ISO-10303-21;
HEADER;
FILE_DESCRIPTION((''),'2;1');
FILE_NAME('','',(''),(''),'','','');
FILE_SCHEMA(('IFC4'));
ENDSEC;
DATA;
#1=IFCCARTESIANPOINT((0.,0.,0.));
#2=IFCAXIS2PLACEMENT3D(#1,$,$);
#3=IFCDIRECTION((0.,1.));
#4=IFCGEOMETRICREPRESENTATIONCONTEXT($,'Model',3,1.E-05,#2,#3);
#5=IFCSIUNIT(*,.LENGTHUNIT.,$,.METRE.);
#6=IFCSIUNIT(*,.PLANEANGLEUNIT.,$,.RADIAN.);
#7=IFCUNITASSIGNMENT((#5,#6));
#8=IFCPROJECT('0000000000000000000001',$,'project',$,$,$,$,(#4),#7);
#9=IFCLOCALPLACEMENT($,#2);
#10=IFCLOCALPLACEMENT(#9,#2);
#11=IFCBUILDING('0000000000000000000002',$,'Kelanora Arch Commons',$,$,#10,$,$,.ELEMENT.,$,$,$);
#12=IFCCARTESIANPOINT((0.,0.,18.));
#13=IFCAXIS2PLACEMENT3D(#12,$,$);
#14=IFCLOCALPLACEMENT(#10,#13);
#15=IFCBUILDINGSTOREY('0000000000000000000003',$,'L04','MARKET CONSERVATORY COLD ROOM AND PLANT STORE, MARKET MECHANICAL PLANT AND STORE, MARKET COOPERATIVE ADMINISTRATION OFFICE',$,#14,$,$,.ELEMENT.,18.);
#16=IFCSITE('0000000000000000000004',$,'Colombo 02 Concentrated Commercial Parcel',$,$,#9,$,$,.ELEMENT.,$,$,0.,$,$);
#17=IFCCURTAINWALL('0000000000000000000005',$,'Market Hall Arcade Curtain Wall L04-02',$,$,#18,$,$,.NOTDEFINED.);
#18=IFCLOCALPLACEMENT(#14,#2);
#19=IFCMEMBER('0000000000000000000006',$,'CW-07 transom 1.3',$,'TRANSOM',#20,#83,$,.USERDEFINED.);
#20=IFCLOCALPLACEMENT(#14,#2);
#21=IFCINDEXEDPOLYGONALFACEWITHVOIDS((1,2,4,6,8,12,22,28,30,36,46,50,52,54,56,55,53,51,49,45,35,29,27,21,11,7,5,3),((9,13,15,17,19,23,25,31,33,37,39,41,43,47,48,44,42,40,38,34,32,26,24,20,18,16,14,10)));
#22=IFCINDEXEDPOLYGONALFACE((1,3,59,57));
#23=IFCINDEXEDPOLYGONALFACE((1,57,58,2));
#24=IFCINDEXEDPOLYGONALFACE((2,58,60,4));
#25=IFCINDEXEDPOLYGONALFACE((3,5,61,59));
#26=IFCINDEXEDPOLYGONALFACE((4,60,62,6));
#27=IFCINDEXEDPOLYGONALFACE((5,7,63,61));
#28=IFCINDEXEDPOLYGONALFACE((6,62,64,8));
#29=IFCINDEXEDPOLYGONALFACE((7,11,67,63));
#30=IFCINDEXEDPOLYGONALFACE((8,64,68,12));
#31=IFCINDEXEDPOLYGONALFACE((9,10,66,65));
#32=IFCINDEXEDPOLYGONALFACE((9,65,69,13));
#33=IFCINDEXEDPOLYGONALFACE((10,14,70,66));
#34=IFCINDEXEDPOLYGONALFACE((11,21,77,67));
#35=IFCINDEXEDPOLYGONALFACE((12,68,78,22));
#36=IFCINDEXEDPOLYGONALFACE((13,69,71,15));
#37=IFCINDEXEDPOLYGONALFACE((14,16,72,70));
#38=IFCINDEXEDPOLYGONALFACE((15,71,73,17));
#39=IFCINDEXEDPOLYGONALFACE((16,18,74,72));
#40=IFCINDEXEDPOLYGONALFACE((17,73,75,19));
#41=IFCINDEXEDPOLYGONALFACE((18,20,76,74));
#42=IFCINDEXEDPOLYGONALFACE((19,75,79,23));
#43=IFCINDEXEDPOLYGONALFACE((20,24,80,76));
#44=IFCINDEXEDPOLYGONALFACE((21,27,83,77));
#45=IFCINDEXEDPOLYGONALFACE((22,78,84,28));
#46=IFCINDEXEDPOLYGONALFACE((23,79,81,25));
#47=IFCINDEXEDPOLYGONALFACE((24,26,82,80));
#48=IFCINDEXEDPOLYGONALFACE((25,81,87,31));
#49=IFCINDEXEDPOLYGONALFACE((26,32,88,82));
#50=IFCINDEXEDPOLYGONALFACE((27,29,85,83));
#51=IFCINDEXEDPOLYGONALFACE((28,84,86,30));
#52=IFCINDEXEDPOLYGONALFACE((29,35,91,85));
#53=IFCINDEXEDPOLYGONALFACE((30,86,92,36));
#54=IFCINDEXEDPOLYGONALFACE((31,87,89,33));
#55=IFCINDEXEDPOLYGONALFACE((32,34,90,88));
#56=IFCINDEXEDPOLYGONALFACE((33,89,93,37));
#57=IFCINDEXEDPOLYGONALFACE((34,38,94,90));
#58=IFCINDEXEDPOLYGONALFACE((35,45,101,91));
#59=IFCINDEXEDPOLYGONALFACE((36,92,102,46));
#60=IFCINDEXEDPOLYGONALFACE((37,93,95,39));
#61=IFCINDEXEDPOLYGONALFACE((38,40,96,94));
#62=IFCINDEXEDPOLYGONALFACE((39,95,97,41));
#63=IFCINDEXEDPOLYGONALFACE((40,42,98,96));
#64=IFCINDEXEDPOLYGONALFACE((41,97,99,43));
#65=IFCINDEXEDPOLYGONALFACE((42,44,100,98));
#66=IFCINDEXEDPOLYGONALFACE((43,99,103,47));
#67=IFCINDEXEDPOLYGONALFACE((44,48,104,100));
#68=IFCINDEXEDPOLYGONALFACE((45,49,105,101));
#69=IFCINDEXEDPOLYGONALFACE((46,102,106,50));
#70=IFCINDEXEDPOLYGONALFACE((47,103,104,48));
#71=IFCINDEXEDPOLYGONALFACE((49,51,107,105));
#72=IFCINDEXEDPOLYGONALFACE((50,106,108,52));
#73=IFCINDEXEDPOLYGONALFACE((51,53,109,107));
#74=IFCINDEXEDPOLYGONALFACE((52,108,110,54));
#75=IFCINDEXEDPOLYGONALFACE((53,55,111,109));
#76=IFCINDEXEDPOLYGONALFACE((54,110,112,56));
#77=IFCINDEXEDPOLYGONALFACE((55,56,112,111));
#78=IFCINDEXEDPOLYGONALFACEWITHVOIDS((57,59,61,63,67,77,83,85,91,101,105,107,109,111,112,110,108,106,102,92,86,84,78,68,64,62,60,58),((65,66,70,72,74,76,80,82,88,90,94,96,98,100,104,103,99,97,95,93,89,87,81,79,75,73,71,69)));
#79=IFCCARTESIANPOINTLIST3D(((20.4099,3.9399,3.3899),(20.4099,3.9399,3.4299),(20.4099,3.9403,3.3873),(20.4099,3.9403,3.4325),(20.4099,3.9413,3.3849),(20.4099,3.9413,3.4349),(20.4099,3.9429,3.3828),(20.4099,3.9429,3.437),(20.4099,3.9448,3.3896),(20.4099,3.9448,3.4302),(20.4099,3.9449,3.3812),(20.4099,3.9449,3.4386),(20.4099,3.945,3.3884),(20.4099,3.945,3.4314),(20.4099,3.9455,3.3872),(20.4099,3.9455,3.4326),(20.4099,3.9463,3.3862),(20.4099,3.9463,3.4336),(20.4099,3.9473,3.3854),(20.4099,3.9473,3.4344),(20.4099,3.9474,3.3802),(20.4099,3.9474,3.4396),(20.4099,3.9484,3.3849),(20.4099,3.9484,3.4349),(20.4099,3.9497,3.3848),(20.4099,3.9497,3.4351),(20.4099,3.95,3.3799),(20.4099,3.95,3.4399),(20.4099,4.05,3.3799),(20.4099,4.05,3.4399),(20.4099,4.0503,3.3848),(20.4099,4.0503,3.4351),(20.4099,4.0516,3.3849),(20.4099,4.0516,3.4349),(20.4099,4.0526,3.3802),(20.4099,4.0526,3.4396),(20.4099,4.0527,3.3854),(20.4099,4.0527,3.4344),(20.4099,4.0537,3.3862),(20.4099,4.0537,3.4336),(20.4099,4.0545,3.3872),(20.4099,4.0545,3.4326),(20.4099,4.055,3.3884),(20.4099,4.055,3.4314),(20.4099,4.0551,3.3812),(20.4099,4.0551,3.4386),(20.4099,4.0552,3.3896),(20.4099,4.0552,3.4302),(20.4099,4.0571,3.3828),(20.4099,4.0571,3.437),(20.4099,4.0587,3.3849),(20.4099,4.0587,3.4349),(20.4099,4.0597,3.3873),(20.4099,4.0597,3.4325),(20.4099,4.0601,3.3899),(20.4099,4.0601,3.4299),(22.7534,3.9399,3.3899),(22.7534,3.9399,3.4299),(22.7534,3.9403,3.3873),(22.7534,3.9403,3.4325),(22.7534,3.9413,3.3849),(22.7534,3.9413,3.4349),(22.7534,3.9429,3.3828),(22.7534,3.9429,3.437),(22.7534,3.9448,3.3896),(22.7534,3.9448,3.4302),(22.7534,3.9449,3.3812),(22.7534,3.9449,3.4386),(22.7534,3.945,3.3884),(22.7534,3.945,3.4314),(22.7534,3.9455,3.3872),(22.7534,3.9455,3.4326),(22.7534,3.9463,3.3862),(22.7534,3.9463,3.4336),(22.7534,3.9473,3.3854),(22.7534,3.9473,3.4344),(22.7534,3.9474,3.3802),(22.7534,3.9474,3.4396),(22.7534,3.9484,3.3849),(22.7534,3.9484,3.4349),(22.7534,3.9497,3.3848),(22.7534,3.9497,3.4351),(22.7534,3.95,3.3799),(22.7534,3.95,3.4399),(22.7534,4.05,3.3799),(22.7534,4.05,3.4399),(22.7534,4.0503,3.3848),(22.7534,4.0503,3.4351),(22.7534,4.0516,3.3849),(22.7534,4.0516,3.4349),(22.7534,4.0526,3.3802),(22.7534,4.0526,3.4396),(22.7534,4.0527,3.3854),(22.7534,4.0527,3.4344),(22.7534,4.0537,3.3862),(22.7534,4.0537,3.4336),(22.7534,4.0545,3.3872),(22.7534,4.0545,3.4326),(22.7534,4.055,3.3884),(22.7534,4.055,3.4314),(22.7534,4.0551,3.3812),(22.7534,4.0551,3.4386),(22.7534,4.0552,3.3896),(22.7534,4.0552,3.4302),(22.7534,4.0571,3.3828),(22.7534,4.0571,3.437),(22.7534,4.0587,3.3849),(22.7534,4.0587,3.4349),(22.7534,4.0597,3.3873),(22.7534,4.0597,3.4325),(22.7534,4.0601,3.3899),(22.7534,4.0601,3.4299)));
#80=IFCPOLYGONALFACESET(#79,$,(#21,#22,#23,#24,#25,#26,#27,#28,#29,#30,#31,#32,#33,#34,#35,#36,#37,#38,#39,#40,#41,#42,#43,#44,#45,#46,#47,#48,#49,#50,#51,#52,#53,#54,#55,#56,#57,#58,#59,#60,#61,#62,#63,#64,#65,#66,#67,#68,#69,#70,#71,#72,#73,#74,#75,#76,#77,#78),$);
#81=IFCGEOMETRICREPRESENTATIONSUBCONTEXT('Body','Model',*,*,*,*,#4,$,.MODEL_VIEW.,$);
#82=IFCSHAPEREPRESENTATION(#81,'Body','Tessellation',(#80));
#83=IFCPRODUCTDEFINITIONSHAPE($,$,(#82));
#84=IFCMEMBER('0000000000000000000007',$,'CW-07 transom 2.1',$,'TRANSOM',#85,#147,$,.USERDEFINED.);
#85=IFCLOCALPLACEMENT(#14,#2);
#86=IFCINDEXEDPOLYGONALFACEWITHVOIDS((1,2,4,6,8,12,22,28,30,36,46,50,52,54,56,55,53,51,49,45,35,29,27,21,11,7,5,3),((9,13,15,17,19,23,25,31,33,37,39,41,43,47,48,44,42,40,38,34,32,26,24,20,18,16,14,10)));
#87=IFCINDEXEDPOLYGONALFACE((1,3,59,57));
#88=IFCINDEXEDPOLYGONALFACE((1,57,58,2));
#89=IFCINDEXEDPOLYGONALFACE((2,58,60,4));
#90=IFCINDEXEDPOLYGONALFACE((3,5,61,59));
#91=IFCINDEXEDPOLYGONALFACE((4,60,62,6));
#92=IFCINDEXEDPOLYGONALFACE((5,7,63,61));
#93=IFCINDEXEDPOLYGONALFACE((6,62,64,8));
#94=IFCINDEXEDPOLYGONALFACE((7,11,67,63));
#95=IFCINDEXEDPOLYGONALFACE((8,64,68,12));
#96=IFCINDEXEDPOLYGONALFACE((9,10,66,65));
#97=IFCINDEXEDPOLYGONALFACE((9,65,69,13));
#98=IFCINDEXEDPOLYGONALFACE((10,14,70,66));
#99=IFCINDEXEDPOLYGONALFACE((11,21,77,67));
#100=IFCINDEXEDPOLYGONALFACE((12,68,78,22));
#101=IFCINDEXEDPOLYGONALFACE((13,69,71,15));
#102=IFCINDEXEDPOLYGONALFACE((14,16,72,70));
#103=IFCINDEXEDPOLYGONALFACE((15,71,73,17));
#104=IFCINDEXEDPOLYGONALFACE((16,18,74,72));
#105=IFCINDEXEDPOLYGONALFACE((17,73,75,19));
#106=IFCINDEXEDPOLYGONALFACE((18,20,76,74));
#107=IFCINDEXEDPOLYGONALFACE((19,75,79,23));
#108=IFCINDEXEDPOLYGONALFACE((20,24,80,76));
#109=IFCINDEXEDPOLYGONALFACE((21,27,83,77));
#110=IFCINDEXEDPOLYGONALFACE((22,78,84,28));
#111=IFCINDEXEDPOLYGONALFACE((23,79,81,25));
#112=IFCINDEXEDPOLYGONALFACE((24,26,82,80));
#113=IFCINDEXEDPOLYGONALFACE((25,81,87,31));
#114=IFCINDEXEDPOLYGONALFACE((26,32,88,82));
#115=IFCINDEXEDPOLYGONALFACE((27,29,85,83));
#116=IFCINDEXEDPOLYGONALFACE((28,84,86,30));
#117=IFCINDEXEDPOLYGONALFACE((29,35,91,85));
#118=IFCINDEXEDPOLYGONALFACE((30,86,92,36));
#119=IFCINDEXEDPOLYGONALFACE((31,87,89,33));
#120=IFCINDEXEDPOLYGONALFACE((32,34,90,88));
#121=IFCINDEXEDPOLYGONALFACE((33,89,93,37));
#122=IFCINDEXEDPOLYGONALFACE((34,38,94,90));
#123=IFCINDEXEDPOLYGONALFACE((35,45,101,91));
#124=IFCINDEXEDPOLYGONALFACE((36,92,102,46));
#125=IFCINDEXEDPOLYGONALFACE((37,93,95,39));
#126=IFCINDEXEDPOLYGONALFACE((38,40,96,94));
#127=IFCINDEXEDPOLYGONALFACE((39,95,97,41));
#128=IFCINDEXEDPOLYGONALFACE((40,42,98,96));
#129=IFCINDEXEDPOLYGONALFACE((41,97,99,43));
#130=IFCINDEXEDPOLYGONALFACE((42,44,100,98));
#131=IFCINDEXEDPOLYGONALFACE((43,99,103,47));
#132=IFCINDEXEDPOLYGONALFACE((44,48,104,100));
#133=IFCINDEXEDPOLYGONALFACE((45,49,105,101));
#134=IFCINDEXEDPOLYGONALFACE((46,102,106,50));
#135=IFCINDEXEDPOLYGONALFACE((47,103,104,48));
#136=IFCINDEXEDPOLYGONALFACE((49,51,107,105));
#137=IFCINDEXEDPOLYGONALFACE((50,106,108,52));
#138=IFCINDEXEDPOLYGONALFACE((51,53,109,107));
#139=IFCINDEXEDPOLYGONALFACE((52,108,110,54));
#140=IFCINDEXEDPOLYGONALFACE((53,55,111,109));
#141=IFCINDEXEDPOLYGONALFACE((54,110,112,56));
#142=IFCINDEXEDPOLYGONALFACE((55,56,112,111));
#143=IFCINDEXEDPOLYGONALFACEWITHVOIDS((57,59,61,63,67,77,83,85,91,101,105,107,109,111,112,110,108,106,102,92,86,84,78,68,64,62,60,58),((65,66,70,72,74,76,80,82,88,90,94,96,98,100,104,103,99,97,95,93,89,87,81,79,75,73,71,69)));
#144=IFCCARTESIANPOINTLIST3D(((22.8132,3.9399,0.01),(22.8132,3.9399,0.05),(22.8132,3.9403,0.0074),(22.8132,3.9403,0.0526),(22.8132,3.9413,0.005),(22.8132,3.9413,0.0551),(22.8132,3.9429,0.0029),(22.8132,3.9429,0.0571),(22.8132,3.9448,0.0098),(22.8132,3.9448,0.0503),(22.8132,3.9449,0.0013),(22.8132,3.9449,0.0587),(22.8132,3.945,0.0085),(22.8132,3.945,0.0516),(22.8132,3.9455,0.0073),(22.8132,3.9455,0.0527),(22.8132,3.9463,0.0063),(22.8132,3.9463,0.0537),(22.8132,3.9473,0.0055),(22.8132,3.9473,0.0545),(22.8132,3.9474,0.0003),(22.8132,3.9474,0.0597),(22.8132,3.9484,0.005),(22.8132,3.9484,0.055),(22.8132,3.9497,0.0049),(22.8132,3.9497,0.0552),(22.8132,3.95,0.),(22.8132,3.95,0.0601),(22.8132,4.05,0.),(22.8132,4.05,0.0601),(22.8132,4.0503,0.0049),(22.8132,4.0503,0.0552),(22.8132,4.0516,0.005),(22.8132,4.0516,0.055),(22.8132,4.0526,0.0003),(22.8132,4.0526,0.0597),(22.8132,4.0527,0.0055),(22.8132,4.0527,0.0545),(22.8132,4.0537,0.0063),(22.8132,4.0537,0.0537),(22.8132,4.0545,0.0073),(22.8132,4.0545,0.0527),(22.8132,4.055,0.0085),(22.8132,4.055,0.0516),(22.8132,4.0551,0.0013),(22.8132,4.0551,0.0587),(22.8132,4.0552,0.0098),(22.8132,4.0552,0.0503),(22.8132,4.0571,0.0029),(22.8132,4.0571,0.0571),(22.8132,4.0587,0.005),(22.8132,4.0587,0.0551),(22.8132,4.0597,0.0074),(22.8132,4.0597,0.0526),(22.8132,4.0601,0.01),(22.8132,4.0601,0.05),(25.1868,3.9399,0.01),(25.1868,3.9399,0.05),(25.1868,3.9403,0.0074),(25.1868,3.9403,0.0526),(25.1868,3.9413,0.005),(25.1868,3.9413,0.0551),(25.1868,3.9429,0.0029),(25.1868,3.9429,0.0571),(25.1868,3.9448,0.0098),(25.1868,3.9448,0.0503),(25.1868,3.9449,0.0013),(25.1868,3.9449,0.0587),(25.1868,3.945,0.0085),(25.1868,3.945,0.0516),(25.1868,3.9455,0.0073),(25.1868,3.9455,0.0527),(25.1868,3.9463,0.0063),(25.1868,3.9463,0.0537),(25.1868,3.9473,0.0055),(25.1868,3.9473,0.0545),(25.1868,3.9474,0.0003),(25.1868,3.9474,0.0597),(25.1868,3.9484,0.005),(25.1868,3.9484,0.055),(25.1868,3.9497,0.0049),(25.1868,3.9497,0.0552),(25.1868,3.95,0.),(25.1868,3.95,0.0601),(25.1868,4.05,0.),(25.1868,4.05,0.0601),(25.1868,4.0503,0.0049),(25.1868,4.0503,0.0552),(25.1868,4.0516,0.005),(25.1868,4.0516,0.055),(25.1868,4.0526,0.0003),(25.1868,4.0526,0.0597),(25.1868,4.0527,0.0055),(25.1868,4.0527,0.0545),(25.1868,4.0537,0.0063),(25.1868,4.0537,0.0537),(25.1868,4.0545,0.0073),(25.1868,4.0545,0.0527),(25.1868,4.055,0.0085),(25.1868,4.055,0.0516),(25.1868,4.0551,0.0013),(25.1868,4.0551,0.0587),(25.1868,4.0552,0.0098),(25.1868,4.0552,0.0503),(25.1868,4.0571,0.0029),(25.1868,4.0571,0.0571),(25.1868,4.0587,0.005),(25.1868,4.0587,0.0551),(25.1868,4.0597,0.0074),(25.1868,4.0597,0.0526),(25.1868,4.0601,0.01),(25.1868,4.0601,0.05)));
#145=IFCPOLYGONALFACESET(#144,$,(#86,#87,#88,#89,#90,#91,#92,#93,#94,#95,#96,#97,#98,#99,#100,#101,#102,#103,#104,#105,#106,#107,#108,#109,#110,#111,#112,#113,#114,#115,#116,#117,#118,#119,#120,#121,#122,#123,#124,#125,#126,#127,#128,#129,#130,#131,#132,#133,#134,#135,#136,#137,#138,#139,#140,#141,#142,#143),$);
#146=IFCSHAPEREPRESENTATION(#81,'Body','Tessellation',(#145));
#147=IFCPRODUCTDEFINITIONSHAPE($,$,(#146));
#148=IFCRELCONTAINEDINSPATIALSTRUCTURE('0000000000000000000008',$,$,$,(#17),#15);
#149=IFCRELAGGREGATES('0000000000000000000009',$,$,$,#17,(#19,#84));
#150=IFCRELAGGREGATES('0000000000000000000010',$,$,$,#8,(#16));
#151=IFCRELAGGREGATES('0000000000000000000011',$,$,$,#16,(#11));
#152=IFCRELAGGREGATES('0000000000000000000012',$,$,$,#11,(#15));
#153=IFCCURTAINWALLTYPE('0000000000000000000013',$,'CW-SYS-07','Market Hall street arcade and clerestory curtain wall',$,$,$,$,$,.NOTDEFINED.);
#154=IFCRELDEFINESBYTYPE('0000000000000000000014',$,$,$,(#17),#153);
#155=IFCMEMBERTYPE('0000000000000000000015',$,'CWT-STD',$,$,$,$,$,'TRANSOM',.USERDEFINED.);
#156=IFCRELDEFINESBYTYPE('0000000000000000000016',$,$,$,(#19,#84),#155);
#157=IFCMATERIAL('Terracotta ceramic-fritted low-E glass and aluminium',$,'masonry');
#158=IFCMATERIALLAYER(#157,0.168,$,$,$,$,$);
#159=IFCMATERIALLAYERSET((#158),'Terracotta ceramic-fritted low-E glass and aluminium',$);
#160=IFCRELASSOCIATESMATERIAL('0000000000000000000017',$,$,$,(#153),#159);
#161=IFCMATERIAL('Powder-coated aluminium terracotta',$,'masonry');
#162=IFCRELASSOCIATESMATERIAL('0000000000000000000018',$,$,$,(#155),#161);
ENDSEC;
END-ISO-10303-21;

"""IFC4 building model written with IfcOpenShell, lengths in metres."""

from ifc_helpers import new_model, si_unit, direction, frame, origin, origin_2d, place, context, subcontext, project, spatial, hollow_rectangle, extrude, material, layer, layer_set, material_profile, profile_set, type_object, element, aggregate, save


model = new_model("IFC4")

# Units and contexts
model_context = context("Model", 3, precision=1e-05, world=origin(), true_north=direction((0.0, 1.0)))
body_context = subcontext(model_context, "Body", "Model", "MODEL_VIEW")
ifc_project = project(units=[si_unit("LENGTHUNIT", "METRE"), si_unit("PLANEANGLEUNIT", "RADIAN")], contexts=[model_context])

# Site, building, storey
site_placement = place(None, origin())
site = spatial("IfcSite", under=ifc_project, at=site_placement, Name="Colombo 02 Concentrated Commercial Parcel", CompositionType="ELEMENT", RefElevation=0.0)
building_placement = place(site_placement, origin())
building = spatial("IfcBuilding", under=site, at=building_placement, Name="Kelanora Arch Commons", CompositionType="ELEMENT")
storey_placement = place(building_placement, frame((0.0, 0.0, 18.0)))
storey = spatial("IfcBuildingStorey", under=building, at=storey_placement, Name="L04", Description="MARKET CONSERVATORY COLD ROOM AND PLANT STORE, MARKET MECHANICAL PLANT AND STORE, MARKET COOPERATIVE ADMINISTRATION OFFICE", CompositionType="ELEMENT", Elevation=18.0)

# Curtain wall, members
ifc_material_1 = material(Name="Terracotta ceramic-fritted low-E glass and aluminium", Category="masonry")
ifc_layer_1 = layer(ifc_material_1, 0.168)
ifc_layer_set_1 = layer_set([ifc_layer_1], Name="Terracotta ceramic-fritted low-E glass and aluminium")
curtain_wall_type = type_object("IfcCurtainWallType", Name="CW-SYS-07", Description="Market Hall street arcade and clerestory curtain wall", PredefinedType="NOTDEFINED", material=ifc_layer_set_1)
curtain_wall_placement = place(storey_placement, origin())
curtain_wall = element("IfcCurtainWall", 1, at=curtain_wall_placement, inside=storey, type_object=curtain_wall_type, Name="Market Hall Arcade Curtain Wall L04-02", PredefinedType="NOTDEFINED")
ifc_material_2 = material(Name="Powder-coated aluminium terracotta", Category="masonry")
ifc_material_profile_1 = material_profile(ifc_material_2, hollow_rectangle(XDim=0.1201, YDim=0.0601, WallThickness=0.0049, InnerFilletRadius=0.0049, OuterFilletRadius=0.01, at=origin_2d()), Name="CWT120x60")
ifc_profile_set_1 = profile_set([ifc_material_profile_1], Name="Powder-coated aluminium terracotta")
member_type_1 = type_object("IfcMemberType", Name="CWT-STD", ElementType="TRANSOM", PredefinedType="USERDEFINED", material=ifc_profile_set_1)
member_1_placement = place(storey_placement, frame((20.4099, 4.0, 3.4099), z_axis=(1.0, 0.0, 0.0), x_axis=(0.0, 1.0, 0.0)))
member_1 = element("IfcMember", 2, at=member_1_placement, type_object=member_type_1, Name="CW-07 transom 1.3", ObjectType="TRANSOM", PredefinedType="USERDEFINED", context=body_context, shape_type="SweptSolid", body=[
    extrude(hollow_rectangle(XDim=0.1201, YDim=0.0601, WallThickness=0.0049, InnerFilletRadius=0.0049, OuterFilletRadius=0.01, at=origin_2d()), origin(), (0.0, 0.0, 1.0), 2.3435),
])
member_2_placement = place(storey_placement, frame((22.8132, 4.0, 0.03), z_axis=(1.0, 0.0, 0.0), x_axis=(0.0, 1.0, 0.0)))
member_2 = element("IfcMember", 3, at=member_2_placement, type_object=member_type_1, Name="CW-07 transom 2.1", ObjectType="TRANSOM", PredefinedType="USERDEFINED", context=body_context, shape_type="SweptSolid", body=[
    extrude(hollow_rectangle(XDim=0.1201, YDim=0.0601, WallThickness=0.0049, InnerFilletRadius=0.0049, OuterFilletRadius=0.01, at=origin_2d()), origin(), (0.0, 0.0, 1.0), 2.3735),
])
aggregate(curtain_wall, [member_1, member_2])

save(model, "model.ifc")
